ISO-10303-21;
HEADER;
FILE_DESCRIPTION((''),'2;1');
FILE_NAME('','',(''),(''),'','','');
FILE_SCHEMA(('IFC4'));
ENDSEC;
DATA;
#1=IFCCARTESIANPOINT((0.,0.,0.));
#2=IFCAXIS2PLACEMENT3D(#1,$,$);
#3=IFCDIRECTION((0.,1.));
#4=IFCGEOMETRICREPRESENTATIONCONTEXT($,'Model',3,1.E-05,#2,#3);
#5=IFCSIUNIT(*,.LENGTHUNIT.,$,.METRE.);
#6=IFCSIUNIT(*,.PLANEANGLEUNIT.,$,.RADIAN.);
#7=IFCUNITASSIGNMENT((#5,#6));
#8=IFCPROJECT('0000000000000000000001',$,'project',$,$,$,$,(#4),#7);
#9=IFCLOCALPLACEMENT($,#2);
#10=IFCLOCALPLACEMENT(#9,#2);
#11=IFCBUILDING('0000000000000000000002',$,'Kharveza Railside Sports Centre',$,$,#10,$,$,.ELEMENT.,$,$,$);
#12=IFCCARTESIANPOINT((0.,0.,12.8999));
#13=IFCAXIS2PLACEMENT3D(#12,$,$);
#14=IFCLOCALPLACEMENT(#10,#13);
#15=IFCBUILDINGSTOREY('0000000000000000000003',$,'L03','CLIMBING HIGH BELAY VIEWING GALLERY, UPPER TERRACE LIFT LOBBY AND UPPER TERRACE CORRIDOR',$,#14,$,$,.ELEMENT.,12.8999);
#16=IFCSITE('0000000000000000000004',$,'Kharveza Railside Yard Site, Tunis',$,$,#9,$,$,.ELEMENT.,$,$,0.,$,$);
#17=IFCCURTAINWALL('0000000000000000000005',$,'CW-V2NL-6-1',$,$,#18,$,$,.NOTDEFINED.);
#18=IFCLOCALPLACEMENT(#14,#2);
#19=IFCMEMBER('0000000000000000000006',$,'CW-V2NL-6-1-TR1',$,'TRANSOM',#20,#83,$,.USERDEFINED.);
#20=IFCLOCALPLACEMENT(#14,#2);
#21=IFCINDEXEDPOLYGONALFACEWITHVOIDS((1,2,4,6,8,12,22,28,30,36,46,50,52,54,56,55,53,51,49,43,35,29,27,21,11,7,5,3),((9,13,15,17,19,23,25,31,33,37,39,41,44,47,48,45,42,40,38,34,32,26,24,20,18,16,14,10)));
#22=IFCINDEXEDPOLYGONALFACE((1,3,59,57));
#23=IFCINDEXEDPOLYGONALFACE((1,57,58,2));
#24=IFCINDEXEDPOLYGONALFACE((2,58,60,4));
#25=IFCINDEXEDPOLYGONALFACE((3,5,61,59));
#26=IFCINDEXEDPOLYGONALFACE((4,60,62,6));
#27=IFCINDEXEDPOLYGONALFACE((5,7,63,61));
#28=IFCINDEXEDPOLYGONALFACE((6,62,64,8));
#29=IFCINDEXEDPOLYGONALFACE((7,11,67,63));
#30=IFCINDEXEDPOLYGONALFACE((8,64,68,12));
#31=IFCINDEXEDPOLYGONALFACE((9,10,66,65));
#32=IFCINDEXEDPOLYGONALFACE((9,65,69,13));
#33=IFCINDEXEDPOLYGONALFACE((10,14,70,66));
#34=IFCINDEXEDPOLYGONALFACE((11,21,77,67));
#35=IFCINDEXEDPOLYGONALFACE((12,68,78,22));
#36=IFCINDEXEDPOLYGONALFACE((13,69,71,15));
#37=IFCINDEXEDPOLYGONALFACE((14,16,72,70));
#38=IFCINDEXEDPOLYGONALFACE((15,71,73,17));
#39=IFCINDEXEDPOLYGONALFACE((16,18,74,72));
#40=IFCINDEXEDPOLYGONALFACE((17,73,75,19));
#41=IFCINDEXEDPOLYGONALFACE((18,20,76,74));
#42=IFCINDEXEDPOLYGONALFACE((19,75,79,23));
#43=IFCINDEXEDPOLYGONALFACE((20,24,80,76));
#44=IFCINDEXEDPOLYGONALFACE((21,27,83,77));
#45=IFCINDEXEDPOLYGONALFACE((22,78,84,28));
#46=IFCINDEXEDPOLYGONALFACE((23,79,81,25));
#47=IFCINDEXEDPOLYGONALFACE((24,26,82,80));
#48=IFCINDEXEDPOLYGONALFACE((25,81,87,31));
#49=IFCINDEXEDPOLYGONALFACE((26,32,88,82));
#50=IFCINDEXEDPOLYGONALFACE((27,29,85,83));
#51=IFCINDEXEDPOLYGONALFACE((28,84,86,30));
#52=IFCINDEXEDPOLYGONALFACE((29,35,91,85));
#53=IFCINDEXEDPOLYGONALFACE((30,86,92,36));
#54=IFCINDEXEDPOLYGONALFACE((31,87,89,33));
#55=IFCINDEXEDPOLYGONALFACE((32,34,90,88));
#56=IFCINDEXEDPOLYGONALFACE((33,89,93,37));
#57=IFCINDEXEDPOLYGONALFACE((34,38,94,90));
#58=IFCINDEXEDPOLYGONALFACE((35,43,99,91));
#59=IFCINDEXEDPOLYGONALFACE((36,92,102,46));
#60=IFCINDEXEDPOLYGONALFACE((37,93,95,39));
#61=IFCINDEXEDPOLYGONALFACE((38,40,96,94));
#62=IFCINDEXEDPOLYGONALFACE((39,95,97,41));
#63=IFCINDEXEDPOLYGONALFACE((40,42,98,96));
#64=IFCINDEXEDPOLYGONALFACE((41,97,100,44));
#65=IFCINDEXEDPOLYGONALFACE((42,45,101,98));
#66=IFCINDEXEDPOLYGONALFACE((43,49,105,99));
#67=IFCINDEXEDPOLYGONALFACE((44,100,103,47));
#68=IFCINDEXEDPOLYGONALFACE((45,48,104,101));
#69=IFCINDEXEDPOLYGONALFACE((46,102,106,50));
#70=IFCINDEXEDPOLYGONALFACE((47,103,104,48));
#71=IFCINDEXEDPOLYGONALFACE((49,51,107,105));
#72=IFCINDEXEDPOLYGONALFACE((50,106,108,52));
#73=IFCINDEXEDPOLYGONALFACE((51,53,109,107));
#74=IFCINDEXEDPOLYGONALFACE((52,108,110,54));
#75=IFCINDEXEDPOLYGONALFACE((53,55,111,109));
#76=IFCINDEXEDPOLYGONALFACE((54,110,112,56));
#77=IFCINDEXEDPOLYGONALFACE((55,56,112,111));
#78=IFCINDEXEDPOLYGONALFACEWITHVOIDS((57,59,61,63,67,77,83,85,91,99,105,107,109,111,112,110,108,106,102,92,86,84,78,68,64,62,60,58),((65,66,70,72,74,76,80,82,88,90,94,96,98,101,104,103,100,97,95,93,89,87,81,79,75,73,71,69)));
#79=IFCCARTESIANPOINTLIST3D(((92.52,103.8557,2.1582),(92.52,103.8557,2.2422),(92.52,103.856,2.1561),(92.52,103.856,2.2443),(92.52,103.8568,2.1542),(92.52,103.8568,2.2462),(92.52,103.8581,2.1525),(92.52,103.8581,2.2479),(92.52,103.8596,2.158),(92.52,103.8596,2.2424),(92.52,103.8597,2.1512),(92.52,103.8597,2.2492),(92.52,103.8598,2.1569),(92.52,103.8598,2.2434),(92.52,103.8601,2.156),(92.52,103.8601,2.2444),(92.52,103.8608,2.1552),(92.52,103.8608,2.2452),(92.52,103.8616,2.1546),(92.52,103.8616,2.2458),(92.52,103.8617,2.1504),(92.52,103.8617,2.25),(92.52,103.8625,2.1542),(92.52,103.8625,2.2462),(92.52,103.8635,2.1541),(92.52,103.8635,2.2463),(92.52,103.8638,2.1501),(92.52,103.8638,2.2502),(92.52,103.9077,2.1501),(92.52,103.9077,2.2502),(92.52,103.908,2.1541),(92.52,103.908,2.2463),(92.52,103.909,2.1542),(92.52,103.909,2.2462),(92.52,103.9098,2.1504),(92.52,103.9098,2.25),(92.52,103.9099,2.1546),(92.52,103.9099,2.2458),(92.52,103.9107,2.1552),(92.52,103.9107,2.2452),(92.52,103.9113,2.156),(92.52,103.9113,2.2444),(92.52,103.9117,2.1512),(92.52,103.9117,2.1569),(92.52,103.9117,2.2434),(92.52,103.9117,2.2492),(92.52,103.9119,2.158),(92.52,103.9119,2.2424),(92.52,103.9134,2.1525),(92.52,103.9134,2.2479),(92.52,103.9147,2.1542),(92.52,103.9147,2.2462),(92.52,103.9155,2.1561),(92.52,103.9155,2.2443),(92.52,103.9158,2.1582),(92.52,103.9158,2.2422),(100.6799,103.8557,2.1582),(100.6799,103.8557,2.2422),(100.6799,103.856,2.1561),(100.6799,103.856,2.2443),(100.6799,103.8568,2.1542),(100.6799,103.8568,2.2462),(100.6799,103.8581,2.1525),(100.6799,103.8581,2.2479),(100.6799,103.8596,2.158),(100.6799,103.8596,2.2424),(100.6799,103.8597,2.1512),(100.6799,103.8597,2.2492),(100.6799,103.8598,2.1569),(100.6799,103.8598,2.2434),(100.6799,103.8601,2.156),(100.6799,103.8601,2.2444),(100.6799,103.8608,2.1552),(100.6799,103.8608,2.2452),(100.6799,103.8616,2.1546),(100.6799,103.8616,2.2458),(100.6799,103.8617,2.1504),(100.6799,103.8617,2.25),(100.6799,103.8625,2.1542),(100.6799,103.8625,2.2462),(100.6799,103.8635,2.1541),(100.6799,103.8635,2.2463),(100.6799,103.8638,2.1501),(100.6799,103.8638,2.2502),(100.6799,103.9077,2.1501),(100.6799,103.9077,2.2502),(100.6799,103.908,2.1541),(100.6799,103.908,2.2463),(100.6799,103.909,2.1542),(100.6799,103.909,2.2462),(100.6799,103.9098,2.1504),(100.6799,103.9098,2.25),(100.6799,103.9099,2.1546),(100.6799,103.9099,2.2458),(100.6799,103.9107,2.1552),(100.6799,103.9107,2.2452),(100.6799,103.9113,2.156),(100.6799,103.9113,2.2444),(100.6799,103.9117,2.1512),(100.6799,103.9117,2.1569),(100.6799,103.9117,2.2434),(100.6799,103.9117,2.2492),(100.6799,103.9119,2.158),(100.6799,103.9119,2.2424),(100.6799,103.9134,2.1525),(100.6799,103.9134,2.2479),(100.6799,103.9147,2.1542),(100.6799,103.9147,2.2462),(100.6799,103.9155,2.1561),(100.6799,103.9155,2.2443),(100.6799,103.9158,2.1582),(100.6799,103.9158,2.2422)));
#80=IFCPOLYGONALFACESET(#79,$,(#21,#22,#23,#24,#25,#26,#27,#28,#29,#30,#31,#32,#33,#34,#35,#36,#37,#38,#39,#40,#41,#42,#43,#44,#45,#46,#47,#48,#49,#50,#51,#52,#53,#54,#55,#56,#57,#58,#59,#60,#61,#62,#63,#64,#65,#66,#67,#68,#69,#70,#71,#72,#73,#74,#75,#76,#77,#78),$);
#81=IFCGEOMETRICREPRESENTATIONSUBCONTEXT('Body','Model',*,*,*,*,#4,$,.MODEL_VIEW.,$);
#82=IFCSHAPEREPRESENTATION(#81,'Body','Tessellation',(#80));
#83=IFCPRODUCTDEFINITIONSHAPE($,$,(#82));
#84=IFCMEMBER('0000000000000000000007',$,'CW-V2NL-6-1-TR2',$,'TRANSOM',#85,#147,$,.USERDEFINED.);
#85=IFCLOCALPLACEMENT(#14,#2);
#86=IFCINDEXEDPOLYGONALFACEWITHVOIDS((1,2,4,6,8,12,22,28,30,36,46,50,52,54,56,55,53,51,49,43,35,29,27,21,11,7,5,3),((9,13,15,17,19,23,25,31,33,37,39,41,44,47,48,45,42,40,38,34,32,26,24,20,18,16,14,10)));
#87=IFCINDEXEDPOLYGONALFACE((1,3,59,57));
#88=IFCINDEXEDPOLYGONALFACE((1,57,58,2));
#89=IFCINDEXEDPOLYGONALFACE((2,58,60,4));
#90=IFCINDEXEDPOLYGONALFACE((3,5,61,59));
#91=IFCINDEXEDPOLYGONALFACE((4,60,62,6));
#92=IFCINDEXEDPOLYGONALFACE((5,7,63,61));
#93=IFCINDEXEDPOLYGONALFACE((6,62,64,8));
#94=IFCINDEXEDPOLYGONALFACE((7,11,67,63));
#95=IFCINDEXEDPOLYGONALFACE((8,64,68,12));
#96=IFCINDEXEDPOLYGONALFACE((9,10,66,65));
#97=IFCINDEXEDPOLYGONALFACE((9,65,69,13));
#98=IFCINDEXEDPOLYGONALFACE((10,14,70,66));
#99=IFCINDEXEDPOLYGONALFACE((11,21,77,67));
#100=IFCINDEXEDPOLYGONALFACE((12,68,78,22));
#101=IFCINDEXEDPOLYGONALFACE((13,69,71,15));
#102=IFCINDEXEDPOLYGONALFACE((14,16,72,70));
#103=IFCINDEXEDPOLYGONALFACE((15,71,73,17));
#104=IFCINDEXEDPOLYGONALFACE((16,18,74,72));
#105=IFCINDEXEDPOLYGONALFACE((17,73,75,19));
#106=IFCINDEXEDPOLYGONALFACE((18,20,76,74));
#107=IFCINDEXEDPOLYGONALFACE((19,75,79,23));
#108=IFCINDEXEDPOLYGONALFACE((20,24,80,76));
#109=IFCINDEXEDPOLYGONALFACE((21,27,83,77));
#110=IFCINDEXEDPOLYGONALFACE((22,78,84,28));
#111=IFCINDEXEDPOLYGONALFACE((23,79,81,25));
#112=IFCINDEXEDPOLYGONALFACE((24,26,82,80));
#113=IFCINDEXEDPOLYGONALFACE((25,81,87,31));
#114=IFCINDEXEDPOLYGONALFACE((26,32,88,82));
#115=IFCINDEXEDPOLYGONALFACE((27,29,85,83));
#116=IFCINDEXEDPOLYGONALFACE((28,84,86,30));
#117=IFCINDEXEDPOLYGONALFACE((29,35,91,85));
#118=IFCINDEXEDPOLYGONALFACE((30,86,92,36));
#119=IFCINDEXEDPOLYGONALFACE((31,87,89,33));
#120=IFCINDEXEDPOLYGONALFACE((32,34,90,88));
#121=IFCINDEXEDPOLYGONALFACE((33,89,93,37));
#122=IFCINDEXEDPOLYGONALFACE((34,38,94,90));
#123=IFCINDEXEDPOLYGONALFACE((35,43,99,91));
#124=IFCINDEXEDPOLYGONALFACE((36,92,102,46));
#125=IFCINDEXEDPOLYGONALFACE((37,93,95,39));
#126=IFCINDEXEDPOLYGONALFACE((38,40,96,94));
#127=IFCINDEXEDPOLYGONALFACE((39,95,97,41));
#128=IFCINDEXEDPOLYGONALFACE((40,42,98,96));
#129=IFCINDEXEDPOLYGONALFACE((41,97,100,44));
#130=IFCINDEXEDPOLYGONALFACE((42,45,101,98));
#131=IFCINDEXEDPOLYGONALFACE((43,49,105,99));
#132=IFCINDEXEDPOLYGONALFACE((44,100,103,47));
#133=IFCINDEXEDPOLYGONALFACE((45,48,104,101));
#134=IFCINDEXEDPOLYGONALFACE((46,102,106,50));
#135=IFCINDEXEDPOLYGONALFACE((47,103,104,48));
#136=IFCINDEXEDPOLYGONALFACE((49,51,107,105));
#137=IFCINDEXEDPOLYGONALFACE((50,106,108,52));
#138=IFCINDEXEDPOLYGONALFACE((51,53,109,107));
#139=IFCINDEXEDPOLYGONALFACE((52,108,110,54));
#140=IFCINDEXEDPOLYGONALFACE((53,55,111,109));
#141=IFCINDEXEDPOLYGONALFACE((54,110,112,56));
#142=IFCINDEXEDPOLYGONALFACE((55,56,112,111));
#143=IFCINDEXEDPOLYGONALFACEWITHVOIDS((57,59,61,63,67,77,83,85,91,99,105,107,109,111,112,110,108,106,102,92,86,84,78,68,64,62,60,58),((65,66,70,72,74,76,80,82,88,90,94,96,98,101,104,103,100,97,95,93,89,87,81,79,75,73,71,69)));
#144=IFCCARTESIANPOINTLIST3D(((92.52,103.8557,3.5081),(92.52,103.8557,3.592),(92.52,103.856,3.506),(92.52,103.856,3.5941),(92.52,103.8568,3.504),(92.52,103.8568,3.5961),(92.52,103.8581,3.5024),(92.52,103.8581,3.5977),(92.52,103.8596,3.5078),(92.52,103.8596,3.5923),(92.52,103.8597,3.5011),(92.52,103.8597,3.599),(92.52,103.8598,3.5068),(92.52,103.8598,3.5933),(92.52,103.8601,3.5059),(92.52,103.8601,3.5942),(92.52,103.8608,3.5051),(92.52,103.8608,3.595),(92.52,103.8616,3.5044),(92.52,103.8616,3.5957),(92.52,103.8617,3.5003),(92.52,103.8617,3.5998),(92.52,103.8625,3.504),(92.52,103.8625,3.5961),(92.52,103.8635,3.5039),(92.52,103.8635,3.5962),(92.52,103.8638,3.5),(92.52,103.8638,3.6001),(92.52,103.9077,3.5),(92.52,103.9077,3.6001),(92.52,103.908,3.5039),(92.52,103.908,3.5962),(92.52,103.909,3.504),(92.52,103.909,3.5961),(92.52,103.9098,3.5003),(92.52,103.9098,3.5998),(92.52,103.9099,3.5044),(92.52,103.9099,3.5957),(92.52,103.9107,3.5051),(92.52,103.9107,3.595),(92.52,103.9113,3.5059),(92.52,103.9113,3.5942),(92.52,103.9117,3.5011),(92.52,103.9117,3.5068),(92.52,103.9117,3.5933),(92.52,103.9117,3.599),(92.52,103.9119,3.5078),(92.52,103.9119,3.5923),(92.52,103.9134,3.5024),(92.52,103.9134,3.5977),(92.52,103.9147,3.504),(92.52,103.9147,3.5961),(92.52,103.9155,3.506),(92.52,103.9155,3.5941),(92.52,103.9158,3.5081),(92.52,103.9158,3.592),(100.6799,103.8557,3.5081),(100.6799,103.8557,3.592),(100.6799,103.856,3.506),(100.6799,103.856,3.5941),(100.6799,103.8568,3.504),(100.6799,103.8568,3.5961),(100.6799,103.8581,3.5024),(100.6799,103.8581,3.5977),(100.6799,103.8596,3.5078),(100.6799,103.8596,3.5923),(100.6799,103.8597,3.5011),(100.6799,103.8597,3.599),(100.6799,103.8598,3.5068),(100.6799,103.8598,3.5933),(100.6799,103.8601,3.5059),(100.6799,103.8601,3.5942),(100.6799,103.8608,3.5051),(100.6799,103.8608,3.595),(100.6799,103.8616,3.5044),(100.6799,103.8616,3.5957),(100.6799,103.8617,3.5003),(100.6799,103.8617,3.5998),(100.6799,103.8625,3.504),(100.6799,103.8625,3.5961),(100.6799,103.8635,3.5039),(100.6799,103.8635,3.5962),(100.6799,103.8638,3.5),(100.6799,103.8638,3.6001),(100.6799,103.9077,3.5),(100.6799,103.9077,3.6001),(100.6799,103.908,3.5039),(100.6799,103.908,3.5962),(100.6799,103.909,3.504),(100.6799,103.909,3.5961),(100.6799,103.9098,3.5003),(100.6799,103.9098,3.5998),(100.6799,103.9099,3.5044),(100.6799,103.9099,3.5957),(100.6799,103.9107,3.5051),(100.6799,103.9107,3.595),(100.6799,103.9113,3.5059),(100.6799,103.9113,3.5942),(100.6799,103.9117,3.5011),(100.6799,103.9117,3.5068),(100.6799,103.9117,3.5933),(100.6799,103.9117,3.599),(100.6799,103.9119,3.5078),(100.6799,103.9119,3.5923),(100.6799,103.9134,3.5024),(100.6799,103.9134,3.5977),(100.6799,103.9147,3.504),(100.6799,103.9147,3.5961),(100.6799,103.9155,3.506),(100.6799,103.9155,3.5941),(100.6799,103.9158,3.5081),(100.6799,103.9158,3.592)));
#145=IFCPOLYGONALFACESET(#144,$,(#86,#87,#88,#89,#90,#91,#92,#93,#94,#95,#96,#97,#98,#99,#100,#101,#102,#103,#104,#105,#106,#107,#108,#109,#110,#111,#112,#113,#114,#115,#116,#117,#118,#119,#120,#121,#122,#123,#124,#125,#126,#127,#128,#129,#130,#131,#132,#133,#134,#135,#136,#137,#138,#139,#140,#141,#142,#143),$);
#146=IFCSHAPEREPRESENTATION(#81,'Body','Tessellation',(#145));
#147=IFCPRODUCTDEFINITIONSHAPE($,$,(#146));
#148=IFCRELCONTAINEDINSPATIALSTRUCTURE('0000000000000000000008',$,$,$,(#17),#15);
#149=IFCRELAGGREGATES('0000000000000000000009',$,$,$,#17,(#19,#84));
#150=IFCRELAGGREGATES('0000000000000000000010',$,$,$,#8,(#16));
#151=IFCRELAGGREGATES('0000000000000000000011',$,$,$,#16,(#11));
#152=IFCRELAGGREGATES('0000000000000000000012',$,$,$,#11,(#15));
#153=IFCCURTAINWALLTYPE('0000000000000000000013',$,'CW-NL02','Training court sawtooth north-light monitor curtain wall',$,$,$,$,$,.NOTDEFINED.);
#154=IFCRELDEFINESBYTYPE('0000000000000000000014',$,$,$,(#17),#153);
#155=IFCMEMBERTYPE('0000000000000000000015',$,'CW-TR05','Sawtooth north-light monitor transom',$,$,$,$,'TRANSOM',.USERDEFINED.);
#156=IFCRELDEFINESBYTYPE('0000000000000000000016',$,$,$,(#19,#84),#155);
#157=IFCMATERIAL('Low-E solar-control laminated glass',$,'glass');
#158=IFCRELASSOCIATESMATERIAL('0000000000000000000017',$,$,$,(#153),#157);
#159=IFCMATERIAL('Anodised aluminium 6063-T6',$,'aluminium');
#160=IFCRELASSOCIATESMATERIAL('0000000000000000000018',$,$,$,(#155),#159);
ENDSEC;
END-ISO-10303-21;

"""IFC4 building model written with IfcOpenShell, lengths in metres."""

from ifc_helpers import new_model, si_unit, direction, frame, origin, origin_2d, place, context, subcontext, project, spatial, hollow_rectangle, extrude, material, material_profile, profile_set, type_object, element, aggregate, save


model = new_model("IFC4")

# Units and contexts
model_context = context("Model", 3, precision=1e-05, world=origin(), true_north=direction((0.0, 1.0)))
body_context = subcontext(model_context, "Body", "Model", "MODEL_VIEW")
ifc_project = project(units=[si_unit("LENGTHUNIT", "METRE"), si_unit("PLANEANGLEUNIT", "RADIAN")], contexts=[model_context])

# Site, building, storey
site_placement = place(None, origin())
site = spatial("IfcSite", under=ifc_project, at=site_placement, Name="Kharveza Railside Yard Site, Tunis", CompositionType="ELEMENT", RefElevation=0.0)
building_placement = place(site_placement, origin())
building = spatial("IfcBuilding", under=site, at=building_placement, Name="Kharveza Railside Sports Centre", CompositionType="ELEMENT")
storey_placement = place(building_placement, frame((0.0, 0.0, 12.8999)))
storey = spatial("IfcBuildingStorey", under=building, at=storey_placement, Name="L03", Description="CLIMBING HIGH BELAY VIEWING GALLERY, UPPER TERRACE LIFT LOBBY AND UPPER TERRACE CORRIDOR", CompositionType="ELEMENT", Elevation=12.8999)

# Curtain wall
ifc_material_1 = material(Name="Low-E solar-control laminated glass", Category="glass")
curtain_wall_type = type_object("IfcCurtainWallType", Name="CW-NL02", Description="Training court sawtooth north-light monitor curtain wall", PredefinedType="NOTDEFINED", material=ifc_material_1)
curtain_wall_1_placement = place(storey_placement, origin())
curtain_wall_1 = element("IfcCurtainWall", 1, at=curtain_wall_1_placement, inside=storey, type_object=curtain_wall_type, Name="CW-V2NL-6-1", PredefinedType="NOTDEFINED")
ifc_material_2 = material(Name="Anodised aluminium 6063-T6", Category="aluminium")

# Members
ifc_material_profile_1 = material_profile(ifc_material_2, hollow_rectangle(XDim=0.0601, YDim=0.1001, WallThickness=0.0039, InnerFilletRadius=0.0039, OuterFilletRadius=0.0081, at=origin_2d()), Name="RHS 60x100x4.0")
ifc_profile_set_1 = profile_set([ifc_material_profile_1], Name="Anodised aluminium 6063-T6")
member_type_1 = type_object("IfcMemberType", Name="CW-TR05", Description="Sawtooth north-light monitor transom", ElementType="TRANSOM", PredefinedType="USERDEFINED", material=ifc_profile_set_1)
member_1_placement = place(storey_placement, frame((92.52, 103.8857, 2.2002), z_axis=(1.0, 0.0, 0.0), x_axis=(0.0, 1.0, 0.0)))
member_1 = element("IfcMember", 2, at=member_1_placement, type_object=member_type_1, Name="CW-V2NL-6-1-TR1", ObjectType="TRANSOM", PredefinedType="USERDEFINED", context=body_context, shape_type="SweptSolid", body=[
    extrude(hollow_rectangle(XDim=0.0601, YDim=0.1001, WallThickness=0.0039, InnerFilletRadius=0.0039, OuterFilletRadius=0.0081, at=origin_2d()), origin(), (0.0, 0.0, 1.0), 8.1599),
])
member_2_placement = place(storey_placement, frame((92.52, 103.8857, 3.55), z_axis=(1.0, 0.0, 0.0), x_axis=(0.0, 1.0, 0.0)))
member_2 = element("IfcMember", 3, at=member_2_placement, type_object=member_type_1, Name="CW-V2NL-6-1-TR2", ObjectType="TRANSOM", PredefinedType="USERDEFINED", context=body_context, shape_type="SweptSolid", body=[
    extrude(hollow_rectangle(XDim=0.0601, YDim=0.1001, WallThickness=0.0039, InnerFilletRadius=0.0039, OuterFilletRadius=0.0081, at=origin_2d()), origin(), (0.0, 0.0, 1.0), 8.1599),
])

aggregate(curtain_wall_1, [member_1, member_2])

save(model, "model.ifc")
